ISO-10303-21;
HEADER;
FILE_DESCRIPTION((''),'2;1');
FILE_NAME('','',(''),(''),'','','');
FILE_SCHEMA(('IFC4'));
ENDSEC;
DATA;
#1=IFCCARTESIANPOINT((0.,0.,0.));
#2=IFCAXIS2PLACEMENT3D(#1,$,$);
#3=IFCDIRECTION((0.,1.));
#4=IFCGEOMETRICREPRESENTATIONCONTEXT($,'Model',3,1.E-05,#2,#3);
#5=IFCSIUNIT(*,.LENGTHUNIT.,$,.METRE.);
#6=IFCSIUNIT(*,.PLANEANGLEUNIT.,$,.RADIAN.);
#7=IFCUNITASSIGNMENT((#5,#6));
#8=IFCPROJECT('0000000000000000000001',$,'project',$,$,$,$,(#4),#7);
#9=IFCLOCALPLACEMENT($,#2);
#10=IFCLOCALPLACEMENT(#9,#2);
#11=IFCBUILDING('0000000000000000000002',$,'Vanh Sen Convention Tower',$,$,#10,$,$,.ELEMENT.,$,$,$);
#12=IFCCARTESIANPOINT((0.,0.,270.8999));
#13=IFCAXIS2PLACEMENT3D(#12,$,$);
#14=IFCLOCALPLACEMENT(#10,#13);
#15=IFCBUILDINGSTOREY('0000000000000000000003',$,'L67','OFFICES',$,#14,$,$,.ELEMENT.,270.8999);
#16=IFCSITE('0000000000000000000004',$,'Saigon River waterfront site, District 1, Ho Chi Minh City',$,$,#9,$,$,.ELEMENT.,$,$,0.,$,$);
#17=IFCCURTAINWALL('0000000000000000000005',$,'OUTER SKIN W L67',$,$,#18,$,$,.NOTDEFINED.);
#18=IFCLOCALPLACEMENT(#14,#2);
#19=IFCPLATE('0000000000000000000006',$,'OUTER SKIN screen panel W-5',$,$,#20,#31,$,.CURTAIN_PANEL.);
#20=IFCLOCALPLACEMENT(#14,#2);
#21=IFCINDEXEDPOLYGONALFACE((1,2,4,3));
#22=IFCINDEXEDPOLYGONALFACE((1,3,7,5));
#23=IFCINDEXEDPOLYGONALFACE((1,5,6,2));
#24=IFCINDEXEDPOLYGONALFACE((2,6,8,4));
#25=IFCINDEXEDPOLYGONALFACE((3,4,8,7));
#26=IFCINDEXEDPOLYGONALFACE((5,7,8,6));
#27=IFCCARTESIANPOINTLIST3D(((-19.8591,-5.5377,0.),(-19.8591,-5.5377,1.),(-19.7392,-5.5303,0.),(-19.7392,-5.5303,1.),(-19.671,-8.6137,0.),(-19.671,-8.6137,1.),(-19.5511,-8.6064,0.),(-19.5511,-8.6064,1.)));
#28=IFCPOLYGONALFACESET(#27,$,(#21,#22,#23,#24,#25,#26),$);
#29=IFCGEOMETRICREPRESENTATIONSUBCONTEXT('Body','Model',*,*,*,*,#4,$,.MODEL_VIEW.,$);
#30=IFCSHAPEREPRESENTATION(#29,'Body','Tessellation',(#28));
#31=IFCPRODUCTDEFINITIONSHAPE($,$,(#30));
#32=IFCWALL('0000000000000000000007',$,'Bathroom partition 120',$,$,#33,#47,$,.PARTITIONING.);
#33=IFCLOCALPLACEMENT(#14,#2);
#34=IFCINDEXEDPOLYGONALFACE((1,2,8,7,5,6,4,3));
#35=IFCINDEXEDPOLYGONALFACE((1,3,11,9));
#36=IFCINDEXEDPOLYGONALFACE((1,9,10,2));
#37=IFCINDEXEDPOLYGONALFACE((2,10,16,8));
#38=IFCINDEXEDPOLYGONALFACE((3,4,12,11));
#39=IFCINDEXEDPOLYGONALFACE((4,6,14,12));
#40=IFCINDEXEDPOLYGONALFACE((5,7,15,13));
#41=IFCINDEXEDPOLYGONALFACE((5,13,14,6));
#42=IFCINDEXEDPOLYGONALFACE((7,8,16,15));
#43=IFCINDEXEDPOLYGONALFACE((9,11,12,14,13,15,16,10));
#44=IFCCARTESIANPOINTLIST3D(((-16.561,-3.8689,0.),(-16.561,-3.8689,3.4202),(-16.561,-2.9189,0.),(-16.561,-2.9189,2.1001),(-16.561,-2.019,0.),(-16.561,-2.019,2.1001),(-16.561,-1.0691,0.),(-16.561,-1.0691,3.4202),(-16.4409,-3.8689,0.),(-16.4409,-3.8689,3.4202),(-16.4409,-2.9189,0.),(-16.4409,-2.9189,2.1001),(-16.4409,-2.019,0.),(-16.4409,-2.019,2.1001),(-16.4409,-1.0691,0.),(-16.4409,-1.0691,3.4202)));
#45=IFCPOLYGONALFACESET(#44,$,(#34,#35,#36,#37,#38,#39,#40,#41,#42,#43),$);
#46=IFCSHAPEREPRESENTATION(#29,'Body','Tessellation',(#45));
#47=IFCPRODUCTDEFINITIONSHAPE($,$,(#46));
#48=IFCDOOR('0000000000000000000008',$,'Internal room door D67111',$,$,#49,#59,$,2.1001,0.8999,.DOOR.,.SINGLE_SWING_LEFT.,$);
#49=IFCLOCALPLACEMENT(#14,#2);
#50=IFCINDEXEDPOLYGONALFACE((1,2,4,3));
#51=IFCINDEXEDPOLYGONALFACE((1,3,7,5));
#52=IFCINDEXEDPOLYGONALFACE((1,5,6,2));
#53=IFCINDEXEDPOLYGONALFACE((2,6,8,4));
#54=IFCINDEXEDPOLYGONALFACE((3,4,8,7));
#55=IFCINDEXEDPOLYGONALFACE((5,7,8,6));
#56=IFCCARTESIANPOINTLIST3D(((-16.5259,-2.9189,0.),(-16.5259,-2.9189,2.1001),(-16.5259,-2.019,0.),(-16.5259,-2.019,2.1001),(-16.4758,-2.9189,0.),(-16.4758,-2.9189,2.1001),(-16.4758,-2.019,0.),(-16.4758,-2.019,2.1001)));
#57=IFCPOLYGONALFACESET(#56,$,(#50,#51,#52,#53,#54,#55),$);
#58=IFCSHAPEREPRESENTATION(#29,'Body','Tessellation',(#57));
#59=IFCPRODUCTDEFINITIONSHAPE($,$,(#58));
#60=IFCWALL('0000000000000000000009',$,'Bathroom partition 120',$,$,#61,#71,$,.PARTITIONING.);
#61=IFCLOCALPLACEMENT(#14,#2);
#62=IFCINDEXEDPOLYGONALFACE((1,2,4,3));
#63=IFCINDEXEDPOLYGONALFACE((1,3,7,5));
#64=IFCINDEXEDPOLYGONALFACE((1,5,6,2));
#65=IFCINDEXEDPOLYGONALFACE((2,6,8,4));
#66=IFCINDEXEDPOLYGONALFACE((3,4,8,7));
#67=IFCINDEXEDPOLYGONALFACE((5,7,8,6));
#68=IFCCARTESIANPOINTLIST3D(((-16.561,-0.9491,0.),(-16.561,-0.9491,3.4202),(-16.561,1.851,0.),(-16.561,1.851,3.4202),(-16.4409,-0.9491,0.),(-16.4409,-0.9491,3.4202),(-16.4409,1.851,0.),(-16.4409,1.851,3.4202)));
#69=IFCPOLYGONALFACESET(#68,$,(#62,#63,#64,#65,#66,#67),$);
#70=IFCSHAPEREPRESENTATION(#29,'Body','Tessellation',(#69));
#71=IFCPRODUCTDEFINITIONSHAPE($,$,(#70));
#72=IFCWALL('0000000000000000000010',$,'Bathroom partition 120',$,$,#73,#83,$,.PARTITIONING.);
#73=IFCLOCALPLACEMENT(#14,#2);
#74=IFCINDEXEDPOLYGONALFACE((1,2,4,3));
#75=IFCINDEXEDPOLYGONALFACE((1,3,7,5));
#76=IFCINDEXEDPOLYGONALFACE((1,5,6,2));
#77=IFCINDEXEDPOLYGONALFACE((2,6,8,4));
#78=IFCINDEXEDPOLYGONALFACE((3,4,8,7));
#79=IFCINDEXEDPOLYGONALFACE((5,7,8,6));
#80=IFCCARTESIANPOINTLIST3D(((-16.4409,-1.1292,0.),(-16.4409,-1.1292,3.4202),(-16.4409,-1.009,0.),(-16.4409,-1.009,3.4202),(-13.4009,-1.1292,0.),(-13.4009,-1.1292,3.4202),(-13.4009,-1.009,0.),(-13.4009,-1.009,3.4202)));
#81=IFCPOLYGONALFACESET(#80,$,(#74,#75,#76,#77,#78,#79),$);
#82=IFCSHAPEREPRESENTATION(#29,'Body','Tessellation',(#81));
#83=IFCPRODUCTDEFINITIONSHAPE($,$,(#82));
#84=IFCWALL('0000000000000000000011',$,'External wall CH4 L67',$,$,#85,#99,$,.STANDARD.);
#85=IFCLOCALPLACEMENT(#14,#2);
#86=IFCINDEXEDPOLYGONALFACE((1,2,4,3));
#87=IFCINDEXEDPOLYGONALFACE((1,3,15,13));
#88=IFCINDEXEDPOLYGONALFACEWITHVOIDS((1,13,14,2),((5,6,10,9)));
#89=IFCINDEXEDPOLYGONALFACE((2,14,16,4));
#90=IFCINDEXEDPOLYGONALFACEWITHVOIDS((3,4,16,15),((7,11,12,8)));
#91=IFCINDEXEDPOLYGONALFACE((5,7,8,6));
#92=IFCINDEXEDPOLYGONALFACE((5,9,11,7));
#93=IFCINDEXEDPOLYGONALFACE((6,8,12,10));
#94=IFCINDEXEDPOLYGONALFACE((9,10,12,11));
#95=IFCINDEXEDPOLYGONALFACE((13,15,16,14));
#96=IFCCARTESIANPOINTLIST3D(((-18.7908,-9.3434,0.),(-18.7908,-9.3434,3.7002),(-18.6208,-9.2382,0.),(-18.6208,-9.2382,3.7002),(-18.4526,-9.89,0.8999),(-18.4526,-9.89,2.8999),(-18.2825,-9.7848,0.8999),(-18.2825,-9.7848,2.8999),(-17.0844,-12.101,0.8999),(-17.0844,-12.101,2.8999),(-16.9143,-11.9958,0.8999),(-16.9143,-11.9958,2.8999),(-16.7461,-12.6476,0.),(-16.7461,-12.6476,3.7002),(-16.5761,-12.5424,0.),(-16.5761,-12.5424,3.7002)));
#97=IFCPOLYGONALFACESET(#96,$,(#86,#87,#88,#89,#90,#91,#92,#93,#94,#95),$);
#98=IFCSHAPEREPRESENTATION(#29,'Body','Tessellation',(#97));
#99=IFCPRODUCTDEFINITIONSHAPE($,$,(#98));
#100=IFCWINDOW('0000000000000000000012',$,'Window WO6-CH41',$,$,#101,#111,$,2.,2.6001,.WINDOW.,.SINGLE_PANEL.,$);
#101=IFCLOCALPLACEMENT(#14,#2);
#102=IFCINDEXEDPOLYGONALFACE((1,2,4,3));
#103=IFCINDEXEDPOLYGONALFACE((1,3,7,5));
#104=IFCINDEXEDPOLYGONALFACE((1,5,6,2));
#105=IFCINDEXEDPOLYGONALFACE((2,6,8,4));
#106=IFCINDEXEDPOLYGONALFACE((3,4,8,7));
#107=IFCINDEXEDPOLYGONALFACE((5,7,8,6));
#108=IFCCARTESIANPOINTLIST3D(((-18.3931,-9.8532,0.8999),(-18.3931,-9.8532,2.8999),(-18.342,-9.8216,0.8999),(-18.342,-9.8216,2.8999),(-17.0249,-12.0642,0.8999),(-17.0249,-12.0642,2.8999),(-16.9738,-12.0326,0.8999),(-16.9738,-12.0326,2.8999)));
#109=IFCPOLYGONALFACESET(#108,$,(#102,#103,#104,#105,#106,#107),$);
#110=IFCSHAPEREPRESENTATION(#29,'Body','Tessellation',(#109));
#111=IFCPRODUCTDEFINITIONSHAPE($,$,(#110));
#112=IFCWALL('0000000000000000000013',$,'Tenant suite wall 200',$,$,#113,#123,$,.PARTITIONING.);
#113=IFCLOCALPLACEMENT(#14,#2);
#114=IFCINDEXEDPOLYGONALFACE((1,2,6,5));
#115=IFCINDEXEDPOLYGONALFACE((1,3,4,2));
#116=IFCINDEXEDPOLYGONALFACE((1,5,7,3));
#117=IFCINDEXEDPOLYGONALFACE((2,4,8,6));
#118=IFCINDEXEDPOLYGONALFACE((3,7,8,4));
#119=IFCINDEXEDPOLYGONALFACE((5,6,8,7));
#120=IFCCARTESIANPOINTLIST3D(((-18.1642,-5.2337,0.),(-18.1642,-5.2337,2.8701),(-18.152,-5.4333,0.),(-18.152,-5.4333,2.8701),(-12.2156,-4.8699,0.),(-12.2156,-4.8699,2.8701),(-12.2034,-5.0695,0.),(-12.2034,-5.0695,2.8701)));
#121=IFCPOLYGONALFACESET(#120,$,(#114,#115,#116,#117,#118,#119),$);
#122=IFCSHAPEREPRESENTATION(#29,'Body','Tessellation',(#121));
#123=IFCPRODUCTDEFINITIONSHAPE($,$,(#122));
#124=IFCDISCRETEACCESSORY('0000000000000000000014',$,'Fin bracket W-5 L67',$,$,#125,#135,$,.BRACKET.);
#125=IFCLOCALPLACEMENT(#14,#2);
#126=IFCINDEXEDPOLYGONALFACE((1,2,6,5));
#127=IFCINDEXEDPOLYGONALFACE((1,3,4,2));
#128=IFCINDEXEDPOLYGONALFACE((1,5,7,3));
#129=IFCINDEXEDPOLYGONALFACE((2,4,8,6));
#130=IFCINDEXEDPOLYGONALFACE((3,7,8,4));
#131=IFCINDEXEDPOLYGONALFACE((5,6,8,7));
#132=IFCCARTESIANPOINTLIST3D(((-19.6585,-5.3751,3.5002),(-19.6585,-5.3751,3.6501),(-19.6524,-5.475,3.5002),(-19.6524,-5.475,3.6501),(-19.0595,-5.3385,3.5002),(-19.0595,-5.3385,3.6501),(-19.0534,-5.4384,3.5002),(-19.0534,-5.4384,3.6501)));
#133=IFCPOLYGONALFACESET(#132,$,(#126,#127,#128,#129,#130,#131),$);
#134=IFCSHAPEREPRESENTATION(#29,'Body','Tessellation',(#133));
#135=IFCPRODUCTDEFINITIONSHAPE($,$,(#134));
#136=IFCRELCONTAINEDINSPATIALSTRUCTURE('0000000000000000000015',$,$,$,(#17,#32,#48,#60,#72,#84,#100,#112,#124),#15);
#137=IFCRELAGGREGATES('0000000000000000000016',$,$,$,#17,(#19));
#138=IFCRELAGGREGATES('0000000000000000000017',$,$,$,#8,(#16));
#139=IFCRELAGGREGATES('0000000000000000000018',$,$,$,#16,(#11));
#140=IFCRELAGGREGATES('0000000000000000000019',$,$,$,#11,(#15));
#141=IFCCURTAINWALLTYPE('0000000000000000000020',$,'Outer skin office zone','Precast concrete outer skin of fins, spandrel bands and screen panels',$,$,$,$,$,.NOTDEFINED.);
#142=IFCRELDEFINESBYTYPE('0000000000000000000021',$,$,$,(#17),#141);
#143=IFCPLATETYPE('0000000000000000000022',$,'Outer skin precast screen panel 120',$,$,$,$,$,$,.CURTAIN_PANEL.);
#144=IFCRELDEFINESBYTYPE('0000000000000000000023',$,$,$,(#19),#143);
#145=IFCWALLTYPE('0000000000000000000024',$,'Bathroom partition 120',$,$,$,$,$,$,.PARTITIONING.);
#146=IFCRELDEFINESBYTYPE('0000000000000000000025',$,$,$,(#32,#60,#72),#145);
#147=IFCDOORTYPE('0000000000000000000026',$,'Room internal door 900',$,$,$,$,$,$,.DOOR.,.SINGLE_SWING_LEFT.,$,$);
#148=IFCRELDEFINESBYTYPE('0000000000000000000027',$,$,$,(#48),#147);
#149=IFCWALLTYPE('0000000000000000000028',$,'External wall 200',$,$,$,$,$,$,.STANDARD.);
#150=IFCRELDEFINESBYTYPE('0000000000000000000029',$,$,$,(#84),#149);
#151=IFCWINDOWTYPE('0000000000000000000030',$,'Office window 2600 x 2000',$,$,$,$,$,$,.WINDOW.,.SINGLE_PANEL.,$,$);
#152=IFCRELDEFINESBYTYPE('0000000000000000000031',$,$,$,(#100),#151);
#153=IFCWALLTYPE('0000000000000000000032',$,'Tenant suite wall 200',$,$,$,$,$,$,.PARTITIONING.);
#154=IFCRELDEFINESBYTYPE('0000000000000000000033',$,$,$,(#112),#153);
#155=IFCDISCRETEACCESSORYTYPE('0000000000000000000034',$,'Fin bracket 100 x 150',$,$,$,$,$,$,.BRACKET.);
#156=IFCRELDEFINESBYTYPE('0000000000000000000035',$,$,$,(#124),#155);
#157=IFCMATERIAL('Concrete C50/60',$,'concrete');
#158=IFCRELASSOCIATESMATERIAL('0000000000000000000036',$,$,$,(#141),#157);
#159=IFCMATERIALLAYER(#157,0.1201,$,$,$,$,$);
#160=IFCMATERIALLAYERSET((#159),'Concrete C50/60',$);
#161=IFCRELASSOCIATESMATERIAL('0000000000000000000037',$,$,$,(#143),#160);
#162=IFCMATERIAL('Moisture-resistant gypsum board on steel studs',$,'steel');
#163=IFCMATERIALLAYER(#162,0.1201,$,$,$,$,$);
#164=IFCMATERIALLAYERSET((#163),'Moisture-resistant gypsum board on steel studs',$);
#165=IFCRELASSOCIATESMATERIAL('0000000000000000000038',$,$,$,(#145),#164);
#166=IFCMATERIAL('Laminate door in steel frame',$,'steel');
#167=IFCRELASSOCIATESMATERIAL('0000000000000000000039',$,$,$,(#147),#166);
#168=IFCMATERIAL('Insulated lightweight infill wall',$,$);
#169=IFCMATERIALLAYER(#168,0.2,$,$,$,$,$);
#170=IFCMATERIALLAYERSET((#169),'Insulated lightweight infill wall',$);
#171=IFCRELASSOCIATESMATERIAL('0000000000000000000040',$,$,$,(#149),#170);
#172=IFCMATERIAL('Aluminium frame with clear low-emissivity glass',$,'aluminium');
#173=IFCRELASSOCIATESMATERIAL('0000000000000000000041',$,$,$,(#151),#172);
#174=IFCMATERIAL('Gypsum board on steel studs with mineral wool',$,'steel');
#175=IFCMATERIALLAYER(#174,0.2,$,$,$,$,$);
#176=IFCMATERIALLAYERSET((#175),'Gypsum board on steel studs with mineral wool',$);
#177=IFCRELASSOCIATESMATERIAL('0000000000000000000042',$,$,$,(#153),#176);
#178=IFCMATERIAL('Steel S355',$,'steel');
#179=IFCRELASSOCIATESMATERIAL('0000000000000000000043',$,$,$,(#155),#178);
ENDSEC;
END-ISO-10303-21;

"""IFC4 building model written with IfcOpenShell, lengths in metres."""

from ifc_helpers import new_model, si_unit, direction, frame, frame_2d, origin, origin_2d, place, context, subcontext, project, spatial, rectangle, extrude, material, layer, layer_set, type_object, element, fill, aggregate, save


model = new_model("IFC4")

# Units and contexts
model_context = context("Model", 3, precision=1e-05, world=origin(), true_north=direction((0.0, 1.0)))
body_context = subcontext(model_context, "Body", "Model", "MODEL_VIEW")
ifc_project = project(units=[si_unit("LENGTHUNIT", "METRE"), si_unit("PLANEANGLEUNIT", "RADIAN")], contexts=[model_context])

# Site, building, storey
site_placement = place(None, origin())
site = spatial("IfcSite", under=ifc_project, at=site_placement, Name="Saigon River waterfront site, District 1, Ho Chi Minh City", CompositionType="ELEMENT", RefElevation=0.0)
building_placement = place(site_placement, origin())
building = spatial("IfcBuilding", under=site, at=building_placement, Name="Vanh Sen Convention Tower", CompositionType="ELEMENT")
storey_placement = place(building_placement, frame((0.0, 0.0, 270.8999)))
storey = spatial("IfcBuildingStorey", under=building, at=storey_placement, Name="L67", Description="OFFICES", CompositionType="ELEMENT", Elevation=270.8999)

# Curtain wall
ifc_material_1 = material(Name="Concrete C50/60", Category="concrete")
curtain_wall_type = type_object("IfcCurtainWallType", Name="Outer skin office zone", Description="Precast concrete outer skin of fins, spandrel bands and screen panels", PredefinedType="NOTDEFINED", material=ifc_material_1)
curtain_wall_1_placement = place(storey_placement, origin())
curtain_wall_1 = element("IfcCurtainWall", 1, at=curtain_wall_1_placement, inside=storey, type_object=curtain_wall_type, Name="OUTER SKIN W L67", PredefinedType="NOTDEFINED")

# Plate
ifc_layer_1 = layer(ifc_material_1, 0.1201)
ifc_layer_set_1 = layer_set([ifc_layer_1], Name="Concrete C50/60")
plate_type = type_object("IfcPlateType", Name="Outer skin precast screen panel 120", PredefinedType="CURTAIN_PANEL", material=ifc_layer_set_1)
plate_1_placement = place(storey_placement, frame((-19.7051, -7.072, 0.0), z_axis=(0.0, 0.0, 1.0), x_axis=(0.06105, -0.998135, 0.0)))
plate_1 = element("IfcPlate", 2, at=plate_1_placement, type_object=plate_type, Name="OUTER SKIN screen panel W-5", PredefinedType="CURTAIN_PANEL", context=body_context, shape_type="SweptSolid", body=[
    extrude(rectangle(XDim=3.0818, YDim=0.1201, at=origin_2d()), origin(), (0.0, 0.0, 1.0), 1.0),
])
aggregate(curtain_wall_1, [plate_1])

# Wall, opening, door
ifc_material_2 = material(Name="Moisture-resistant gypsum board on steel studs", Category="steel")
ifc_layer_2 = layer(ifc_material_2, 0.1201)
ifc_layer_set_2 = layer_set([ifc_layer_2], Name="Moisture-resistant gypsum board on steel studs")
wall_type_1 = type_object("IfcWallType", Name="Bathroom partition 120", PredefinedType="PARTITIONING", material=ifc_layer_set_2)
wall_1_placement = place(storey_placement, frame((-16.501, -3.8689, 0.0), z_axis=(0.0, 0.0, 1.0), x_axis=(0.0, 1.0, 0.0)))
wall_1 = element("IfcWall", 3, at=wall_1_placement, inside=storey, type_object=wall_type_1, Name="Bathroom partition 120", PredefinedType="PARTITIONING", context=body_context, shape_type="SweptSolid", body=[
    extrude(rectangle(XDim=2.7998, YDim=0.1201, at=frame_2d((1.3999, 0.0))), origin(), (0.0, 0.0, 1.0), 3.4202),
])
opening_1_placement = place(wall_1_placement, frame((0.95, 0.0, 0.0)))
opening_1 = element("IfcOpeningElement", 4, at=opening_1_placement, cuts=wall_1, PredefinedType="OPENING", context=body_context, shape_type="SweptSolid", body=[
    extrude(rectangle(XDim=0.8999, YDim=2.1001, at=frame_2d((0.45, 1.05))), frame((0.0, 0.0701, 0.0), z_axis=(0.0, -1.0, 0.0), x_axis=(1.0, 0.0, 0.0)), (0.0, 0.0, 1.0), 0.1401),
])
ifc_material_3 = material(Name="Laminate door in steel frame", Category="steel")
door_type = type_object("IfcDoorType", Name="Room internal door 900", OperationType="SINGLE_SWING_LEFT", PredefinedType="DOOR", material=ifc_material_3)
door_placement = place(opening_1_placement, origin())
door = element("IfcDoor", 5, at=door_placement, inside=storey, type_object=door_type, Name="Internal room door D67111", OperationType="SINGLE_SWING_LEFT", OverallHeight=2.1001, OverallWidth=0.8999, PredefinedType="DOOR", context=body_context, shape_type="SweptSolid", body=[
    extrude(rectangle(XDim=0.8999, YDim=2.1001, at=frame_2d((0.45, 1.05))), frame((0.0, 0.0249, 0.0), z_axis=(0.0, -1.0, 0.0), x_axis=(1.0, 0.0, 0.0)), (0.0, 0.0, 1.0), 0.05),
])
fill(opening_1, door)

# Walls
wall_2_placement = place(storey_placement, frame((-16.501, -0.949, 0.0), z_axis=(0.0, 0.0, 1.0), x_axis=(0.0, 1.0, 0.0)))
element("IfcWall", 6, at=wall_2_placement, inside=storey, type_object=wall_type_1, Name="Bathroom partition 120", PredefinedType="PARTITIONING", context=body_context, shape_type="SweptSolid", body=[
    extrude(rectangle(XDim=2.8, YDim=0.1201, at=frame_2d((1.3999, 0.0))), origin(), (0.0, 0.0, 1.0), 3.4202),
])
wall_3_placement = place(storey_placement, frame((-16.4409, -1.0691, 0.0), z_axis=(0.0, 0.0, 1.0), x_axis=(1.0, 0.0, 0.0)))
element("IfcWall", 7, at=wall_3_placement, inside=storey, type_object=wall_type_1, Name="Bathroom partition 120", PredefinedType="PARTITIONING", context=body_context, shape_type="SweptSolid", body=[
    extrude(rectangle(XDim=3.04, YDim=0.1201, at=frame_2d((1.52, 0.0))), origin(), (0.0, 0.0, 1.0), 3.4202),
])

# Wall, opening, window
ifc_material_4 = material(Name="Insulated lightweight infill wall")
ifc_layer_3 = layer(ifc_material_4, 0.2)
ifc_layer_set_3 = layer_set([ifc_layer_3], Name="Insulated lightweight infill wall")
wall_type_2 = type_object("IfcWallType", Name="External wall 200", PredefinedType="STANDARD", material=ifc_layer_set_3)
wall_4_placement = place(storey_placement, frame((-18.7058, -9.2908, 0.0), z_axis=(0.0, 0.0, 1.0), x_axis=(0.52621, -0.850355, 0.0)))
wall_4 = element("IfcWall", 8, at=wall_4_placement, inside=storey, type_object=wall_type_2, Name="External wall CH4 L67", PredefinedType="STANDARD", context=body_context, shape_type="SweptSolid", body=[
    extrude(rectangle(XDim=3.8857, YDim=0.2, at=frame_2d((1.9429, 0.0))), origin(), (0.0, 0.0, 1.0), 3.7002),
])
opening_2_placement = place(wall_4_placement, frame((0.6428, 0.0, 0.8999)))
opening_2 = element("IfcOpeningElement", 9, at=opening_2_placement, cuts=wall_4, PredefinedType="OPENING", context=body_context, shape_type="SweptSolid", body=[
    extrude(rectangle(XDim=2.6001, YDim=2.0, at=frame_2d((1.3, 1.0))), frame((0.0, 0.1099, 0.0), z_axis=(0.0, -1.0, 0.0), x_axis=(1.0, 0.0, 0.0)), (0.0, 0.0, 1.0), 0.22),
])
ifc_material_5 = material(Name="Aluminium frame with clear low-emissivity glass", Category="aluminium")
window_type = type_object("IfcWindowType", Name="Office window 2600 x 2000", PartitioningType="SINGLE_PANEL", PredefinedType="WINDOW", material=ifc_material_5)
window_placement = place(opening_2_placement, origin())
window = element("IfcWindow", 10, at=window_placement, inside=storey, type_object=window_type, Name="Window WO6-CH41", OverallHeight=2.0, OverallWidth=2.6001, PartitioningType="SINGLE_PANEL", PredefinedType="WINDOW", context=body_context, shape_type="SweptSolid", body=[
    extrude(rectangle(XDim=2.6001, YDim=2.0, at=frame_2d((1.3, 1.0))), frame((0.0, 0.03, 0.0), z_axis=(0.0, -1.0, 0.0), x_axis=(1.0, 0.0, 0.0)), (0.0, 0.0, 1.0), 0.0601),
])
fill(opening_2, window)

# Wall
ifc_material_6 = material(Name="Gypsum board on steel studs with mineral wool", Category="steel")
ifc_layer_4 = layer(ifc_material_6, 0.2)
ifc_layer_set_4 = layer_set([ifc_layer_4], Name="Gypsum board on steel studs with mineral wool")
wall_type_3 = type_object("IfcWallType", Name="Tenant suite wall 200", PredefinedType="PARTITIONING", material=ifc_layer_set_4)
wall_5_placement = place(storey_placement, frame((-18.1582, -5.3335, 0.0), z_axis=(0.0, 0.0, 1.0), x_axis=(0.998135, 0.061039, 0.0)))
element("IfcWall", 11, at=wall_5_placement, inside=storey, type_object=wall_type_3, Name="Tenant suite wall 200", PredefinedType="PARTITIONING", context=body_context, shape_type="SweptSolid", body=[
    extrude(rectangle(XDim=5.9597, YDim=0.2, at=frame_2d((2.98, 0.0))), origin(), (0.0, 0.0, 1.0), 2.8701),
])

# Discrete accessory
ifc_material_7 = material(Name="Steel S355", Category="steel")
discrete_accessory_type = type_object("IfcDiscreteAccessoryType", Name="Fin bracket 100 x 150", PredefinedType="BRACKET", material=ifc_material_7)
discrete_accessory_placement = place(storey_placement, frame((-19.356, -5.4067, 3.5002), z_axis=(0.0, 0.0, 1.0), x_axis=(-0.998135, -0.061049, 0.0)))
element("IfcDiscreteAccessory", 12, at=discrete_accessory_placement, inside=storey, type_object=discrete_accessory_type, Name="Fin bracket W-5 L67", PredefinedType="BRACKET", context=body_context, shape_type="SweptSolid", body=[
    extrude(rectangle(XDim=0.6001, YDim=0.1001, at=origin_2d()), origin(), (0.0, 0.0, 1.0), 0.1499),
])

save(model, "model.ifc")
